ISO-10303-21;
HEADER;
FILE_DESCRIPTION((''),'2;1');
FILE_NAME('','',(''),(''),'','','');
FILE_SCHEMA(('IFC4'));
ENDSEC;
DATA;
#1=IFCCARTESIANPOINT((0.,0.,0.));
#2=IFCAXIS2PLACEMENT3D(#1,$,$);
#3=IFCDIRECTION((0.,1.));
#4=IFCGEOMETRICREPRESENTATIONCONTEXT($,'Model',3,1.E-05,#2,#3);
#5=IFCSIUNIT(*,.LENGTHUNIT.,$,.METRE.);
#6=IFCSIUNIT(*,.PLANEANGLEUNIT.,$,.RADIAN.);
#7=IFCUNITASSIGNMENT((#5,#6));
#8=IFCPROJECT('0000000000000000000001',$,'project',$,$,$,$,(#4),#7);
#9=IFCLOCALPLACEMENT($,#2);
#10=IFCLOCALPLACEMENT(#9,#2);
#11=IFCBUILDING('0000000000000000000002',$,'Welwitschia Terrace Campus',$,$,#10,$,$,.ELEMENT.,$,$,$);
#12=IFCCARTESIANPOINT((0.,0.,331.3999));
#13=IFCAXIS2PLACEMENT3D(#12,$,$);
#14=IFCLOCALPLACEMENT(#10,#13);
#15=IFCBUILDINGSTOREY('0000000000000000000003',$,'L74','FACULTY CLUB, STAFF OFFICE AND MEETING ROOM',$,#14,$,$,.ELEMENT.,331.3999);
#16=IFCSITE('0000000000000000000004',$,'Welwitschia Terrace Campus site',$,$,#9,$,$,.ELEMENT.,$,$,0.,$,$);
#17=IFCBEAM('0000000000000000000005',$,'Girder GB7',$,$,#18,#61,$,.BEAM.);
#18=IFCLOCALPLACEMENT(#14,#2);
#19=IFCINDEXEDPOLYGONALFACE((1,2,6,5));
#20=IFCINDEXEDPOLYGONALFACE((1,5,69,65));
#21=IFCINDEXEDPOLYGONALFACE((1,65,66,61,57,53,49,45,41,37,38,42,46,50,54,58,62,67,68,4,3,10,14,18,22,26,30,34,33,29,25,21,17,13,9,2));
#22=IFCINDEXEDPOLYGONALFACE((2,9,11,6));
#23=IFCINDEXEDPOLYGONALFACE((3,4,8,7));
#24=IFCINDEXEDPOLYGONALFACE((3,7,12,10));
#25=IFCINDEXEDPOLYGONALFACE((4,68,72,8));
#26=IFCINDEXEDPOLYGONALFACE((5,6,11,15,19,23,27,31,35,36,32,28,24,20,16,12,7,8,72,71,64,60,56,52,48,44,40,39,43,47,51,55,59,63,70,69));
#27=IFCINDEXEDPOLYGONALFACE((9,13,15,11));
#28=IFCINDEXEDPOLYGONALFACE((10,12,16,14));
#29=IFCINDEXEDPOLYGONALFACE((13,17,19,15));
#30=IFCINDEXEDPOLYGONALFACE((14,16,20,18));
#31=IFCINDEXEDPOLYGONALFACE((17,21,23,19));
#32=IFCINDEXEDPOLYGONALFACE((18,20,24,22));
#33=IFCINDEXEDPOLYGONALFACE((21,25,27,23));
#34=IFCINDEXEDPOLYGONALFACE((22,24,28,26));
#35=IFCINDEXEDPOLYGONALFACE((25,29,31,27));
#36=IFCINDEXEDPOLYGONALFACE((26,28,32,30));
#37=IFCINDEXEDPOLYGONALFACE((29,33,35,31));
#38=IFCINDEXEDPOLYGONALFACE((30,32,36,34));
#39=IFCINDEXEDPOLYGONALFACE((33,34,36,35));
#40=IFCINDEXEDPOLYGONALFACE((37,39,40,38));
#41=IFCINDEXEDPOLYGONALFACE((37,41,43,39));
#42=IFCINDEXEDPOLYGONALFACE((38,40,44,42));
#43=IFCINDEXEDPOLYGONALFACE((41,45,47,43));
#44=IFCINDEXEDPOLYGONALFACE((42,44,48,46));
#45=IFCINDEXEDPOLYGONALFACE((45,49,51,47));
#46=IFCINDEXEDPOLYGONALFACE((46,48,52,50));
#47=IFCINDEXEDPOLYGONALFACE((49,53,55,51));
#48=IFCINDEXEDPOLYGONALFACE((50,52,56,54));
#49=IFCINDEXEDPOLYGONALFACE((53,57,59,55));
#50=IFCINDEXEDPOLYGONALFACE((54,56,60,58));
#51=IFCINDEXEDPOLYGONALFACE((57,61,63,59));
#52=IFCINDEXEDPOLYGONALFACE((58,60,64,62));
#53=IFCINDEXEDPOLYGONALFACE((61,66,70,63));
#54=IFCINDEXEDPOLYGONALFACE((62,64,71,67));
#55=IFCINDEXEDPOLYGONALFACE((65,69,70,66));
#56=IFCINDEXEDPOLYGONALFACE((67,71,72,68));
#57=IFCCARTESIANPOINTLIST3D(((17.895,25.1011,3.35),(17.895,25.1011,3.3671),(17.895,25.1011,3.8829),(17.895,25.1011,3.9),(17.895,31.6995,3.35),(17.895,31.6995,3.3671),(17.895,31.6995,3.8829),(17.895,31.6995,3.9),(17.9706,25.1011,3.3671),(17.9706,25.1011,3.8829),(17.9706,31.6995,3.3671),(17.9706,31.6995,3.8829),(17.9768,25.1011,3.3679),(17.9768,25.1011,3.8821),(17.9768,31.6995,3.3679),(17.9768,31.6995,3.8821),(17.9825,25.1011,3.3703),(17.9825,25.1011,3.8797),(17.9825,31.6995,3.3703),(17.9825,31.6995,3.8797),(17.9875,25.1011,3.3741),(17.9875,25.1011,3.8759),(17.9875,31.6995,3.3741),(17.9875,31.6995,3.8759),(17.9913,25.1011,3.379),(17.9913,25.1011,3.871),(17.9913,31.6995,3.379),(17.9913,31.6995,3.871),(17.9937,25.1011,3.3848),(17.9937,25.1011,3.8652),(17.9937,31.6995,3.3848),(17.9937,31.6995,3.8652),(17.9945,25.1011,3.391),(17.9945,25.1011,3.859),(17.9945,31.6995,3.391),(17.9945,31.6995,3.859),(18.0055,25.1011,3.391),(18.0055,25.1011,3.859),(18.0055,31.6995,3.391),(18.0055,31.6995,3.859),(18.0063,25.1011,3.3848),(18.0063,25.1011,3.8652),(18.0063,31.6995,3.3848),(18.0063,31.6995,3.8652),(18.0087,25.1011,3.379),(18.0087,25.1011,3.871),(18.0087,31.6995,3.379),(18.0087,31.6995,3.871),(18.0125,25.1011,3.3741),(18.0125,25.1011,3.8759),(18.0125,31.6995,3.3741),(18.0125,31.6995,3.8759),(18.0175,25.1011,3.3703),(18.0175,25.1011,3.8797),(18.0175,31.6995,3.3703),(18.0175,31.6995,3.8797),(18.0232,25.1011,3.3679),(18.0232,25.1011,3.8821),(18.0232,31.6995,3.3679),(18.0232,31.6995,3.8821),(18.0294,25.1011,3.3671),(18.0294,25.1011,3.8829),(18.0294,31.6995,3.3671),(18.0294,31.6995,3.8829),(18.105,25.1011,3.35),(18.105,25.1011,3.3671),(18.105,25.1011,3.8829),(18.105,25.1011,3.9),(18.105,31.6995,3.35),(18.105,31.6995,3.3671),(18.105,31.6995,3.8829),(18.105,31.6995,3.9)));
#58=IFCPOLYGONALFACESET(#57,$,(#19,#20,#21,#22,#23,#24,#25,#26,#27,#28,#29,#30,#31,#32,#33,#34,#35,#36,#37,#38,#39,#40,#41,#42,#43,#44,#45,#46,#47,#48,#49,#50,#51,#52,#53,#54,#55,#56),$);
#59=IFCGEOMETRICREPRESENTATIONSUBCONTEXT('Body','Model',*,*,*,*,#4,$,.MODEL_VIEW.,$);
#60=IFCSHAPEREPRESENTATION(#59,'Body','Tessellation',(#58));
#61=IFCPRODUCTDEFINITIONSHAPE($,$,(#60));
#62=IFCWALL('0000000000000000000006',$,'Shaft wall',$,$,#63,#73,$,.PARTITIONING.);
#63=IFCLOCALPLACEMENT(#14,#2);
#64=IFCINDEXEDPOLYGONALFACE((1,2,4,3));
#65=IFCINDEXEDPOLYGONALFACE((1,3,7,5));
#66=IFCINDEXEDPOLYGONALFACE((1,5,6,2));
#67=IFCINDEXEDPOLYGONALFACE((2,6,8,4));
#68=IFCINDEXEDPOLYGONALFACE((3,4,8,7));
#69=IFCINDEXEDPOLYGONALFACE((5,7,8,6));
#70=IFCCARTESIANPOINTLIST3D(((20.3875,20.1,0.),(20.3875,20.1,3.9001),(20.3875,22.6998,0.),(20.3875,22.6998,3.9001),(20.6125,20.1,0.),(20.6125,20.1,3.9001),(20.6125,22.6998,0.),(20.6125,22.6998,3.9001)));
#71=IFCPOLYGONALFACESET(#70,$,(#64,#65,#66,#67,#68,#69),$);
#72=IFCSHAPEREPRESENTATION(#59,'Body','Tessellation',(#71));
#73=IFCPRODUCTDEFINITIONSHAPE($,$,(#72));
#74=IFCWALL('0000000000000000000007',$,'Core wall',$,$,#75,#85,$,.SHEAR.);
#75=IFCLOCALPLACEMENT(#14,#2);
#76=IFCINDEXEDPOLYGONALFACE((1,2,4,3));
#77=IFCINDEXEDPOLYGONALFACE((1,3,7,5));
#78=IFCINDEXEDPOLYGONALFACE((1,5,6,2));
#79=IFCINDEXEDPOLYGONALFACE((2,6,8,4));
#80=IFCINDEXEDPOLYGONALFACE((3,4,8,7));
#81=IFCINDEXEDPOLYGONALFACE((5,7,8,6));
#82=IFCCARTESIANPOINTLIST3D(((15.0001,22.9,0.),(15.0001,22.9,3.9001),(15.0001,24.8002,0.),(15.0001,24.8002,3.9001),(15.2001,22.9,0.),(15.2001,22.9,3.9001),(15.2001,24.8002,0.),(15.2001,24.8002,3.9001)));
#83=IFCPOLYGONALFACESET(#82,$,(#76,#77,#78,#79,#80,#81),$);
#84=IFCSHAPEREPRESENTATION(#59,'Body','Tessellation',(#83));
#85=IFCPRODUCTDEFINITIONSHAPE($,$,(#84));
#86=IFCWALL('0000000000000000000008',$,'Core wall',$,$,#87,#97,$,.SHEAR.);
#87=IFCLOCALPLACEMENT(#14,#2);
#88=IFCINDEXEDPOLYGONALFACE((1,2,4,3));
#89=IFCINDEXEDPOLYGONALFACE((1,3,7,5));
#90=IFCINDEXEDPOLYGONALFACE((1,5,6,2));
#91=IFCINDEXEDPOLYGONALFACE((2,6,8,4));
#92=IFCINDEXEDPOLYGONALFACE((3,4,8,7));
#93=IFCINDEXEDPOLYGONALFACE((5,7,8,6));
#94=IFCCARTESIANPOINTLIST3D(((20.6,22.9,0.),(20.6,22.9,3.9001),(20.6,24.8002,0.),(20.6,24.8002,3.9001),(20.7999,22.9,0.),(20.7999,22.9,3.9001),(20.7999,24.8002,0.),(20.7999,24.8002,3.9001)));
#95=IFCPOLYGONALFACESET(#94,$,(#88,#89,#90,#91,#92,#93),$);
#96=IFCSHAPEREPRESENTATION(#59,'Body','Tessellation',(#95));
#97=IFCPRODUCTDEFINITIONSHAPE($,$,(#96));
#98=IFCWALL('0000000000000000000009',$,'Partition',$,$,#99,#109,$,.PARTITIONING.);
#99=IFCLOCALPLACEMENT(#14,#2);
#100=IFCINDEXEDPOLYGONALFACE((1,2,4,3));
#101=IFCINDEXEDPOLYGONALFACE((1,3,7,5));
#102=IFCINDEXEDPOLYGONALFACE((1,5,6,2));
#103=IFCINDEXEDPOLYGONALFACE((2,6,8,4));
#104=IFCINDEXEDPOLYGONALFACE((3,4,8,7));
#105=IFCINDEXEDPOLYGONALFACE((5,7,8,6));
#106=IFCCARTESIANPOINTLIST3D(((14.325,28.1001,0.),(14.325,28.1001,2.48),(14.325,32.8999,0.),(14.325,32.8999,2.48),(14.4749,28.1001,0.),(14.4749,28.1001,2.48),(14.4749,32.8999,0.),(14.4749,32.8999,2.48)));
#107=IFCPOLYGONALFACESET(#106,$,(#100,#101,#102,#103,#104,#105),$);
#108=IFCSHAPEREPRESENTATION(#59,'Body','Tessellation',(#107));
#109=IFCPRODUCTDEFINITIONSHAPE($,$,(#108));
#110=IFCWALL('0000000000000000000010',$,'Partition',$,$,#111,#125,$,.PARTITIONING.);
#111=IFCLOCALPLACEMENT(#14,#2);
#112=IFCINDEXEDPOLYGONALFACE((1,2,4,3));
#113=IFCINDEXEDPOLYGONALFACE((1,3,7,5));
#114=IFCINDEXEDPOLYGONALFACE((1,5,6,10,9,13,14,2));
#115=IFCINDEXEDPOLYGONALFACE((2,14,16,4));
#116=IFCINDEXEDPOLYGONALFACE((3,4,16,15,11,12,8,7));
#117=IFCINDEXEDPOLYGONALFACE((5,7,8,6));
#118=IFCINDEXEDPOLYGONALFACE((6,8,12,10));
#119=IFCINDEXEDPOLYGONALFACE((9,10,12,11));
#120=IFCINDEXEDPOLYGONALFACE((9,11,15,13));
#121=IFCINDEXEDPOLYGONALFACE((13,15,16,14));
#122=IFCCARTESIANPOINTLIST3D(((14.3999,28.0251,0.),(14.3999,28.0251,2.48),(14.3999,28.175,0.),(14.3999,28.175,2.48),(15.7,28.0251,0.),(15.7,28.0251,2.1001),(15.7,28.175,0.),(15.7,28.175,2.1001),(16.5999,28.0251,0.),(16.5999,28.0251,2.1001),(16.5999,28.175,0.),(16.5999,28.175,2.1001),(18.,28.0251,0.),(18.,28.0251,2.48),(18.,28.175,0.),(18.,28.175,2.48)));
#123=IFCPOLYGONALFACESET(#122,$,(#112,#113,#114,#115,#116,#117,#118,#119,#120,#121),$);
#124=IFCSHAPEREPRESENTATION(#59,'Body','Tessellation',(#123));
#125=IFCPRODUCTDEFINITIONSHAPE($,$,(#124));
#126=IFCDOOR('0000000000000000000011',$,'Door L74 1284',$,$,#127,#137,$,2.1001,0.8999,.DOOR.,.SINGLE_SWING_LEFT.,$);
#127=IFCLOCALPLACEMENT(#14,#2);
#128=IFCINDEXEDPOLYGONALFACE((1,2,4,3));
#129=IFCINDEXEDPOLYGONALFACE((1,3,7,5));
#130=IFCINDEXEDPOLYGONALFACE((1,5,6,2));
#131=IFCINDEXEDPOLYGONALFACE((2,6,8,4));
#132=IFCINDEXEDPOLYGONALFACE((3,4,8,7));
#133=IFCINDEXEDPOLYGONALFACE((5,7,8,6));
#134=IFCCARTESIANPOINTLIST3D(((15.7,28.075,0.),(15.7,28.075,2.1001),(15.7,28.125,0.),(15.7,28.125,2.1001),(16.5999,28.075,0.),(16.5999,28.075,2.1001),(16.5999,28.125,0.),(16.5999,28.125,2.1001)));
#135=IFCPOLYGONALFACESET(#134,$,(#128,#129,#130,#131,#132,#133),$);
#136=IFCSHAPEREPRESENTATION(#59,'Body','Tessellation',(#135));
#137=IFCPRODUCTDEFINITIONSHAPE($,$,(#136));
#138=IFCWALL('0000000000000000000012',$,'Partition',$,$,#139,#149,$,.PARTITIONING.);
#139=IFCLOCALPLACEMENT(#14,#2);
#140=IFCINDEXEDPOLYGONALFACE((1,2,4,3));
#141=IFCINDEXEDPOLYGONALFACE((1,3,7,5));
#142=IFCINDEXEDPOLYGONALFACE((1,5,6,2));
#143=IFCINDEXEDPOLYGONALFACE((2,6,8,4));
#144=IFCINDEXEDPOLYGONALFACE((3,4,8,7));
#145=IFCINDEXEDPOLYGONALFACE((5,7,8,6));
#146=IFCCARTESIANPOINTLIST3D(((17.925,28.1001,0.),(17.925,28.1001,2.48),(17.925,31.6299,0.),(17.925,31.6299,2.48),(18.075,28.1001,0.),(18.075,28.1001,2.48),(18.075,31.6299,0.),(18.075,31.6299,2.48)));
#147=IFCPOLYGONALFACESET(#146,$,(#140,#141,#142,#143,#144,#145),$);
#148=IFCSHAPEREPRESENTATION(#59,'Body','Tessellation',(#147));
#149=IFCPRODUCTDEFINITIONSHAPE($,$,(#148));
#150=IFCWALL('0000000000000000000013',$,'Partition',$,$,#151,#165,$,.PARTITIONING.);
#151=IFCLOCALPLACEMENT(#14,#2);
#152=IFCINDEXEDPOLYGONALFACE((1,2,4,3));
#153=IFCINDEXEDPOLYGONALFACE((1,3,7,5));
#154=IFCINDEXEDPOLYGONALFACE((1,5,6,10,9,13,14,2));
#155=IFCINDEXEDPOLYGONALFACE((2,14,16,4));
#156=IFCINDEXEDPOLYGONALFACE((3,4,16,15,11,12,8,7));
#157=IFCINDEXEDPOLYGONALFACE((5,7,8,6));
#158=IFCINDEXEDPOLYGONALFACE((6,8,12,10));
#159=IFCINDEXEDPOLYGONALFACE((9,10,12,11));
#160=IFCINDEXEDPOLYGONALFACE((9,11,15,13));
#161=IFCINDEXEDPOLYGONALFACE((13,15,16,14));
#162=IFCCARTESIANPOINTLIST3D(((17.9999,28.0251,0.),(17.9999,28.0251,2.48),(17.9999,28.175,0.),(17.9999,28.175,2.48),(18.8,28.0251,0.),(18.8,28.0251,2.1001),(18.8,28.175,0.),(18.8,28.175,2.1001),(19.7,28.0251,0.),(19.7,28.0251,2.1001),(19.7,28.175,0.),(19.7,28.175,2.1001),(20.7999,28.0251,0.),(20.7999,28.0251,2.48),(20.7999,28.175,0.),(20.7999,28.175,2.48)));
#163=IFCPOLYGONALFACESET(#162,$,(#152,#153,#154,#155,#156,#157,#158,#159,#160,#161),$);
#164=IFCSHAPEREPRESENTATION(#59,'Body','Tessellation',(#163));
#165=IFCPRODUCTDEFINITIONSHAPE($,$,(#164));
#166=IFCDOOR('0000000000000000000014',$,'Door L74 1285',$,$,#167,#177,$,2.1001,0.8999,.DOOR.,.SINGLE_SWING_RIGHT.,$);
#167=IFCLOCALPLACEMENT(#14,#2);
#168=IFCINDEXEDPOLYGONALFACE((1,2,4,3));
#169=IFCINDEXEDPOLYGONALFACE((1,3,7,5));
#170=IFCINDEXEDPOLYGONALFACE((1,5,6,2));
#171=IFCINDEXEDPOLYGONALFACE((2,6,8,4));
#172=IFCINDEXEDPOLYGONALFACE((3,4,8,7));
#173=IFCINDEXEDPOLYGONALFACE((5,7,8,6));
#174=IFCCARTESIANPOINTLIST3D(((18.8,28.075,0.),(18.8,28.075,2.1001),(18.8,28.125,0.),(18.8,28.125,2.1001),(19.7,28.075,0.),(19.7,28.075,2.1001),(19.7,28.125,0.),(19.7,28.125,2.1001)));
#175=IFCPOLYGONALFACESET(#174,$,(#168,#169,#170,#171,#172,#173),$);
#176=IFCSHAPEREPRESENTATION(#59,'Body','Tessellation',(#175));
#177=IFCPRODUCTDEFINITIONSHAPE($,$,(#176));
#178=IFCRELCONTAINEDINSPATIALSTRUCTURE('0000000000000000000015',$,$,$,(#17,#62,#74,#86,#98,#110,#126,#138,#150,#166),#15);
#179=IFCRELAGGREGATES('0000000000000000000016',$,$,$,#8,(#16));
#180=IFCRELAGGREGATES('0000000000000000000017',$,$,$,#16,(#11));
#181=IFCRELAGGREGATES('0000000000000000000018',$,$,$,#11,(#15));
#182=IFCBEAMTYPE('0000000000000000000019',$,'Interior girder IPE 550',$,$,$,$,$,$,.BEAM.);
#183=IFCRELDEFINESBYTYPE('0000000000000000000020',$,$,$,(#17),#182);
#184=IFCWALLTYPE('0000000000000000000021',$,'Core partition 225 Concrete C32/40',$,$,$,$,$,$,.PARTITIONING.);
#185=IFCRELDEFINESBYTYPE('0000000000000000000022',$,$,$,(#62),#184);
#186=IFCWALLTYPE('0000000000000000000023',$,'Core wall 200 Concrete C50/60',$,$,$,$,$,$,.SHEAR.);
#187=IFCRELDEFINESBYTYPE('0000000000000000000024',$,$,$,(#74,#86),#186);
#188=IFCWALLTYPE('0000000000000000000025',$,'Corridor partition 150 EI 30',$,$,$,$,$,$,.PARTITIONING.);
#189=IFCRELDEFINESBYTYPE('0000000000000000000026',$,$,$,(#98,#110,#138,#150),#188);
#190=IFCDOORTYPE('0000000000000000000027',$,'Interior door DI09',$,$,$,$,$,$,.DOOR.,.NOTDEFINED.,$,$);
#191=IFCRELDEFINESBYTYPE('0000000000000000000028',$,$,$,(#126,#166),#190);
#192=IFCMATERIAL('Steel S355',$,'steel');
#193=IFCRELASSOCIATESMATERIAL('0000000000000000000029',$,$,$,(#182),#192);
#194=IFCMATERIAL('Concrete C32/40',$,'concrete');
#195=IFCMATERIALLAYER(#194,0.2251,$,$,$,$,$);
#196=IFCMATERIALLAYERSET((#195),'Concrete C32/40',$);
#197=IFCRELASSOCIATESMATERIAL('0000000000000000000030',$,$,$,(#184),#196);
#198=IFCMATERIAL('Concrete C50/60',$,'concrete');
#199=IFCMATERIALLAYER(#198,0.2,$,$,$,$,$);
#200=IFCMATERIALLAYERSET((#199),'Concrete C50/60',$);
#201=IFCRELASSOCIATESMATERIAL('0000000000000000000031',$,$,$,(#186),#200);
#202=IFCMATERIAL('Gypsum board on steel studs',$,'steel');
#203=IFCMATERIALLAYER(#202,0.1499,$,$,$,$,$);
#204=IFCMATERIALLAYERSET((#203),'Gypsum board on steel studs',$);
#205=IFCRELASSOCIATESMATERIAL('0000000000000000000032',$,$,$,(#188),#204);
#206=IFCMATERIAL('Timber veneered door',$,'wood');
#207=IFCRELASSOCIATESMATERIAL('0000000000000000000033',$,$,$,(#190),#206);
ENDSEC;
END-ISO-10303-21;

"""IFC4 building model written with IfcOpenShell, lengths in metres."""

from ifc_helpers import new_model, si_unit, direction, frame, frame_2d, origin, origin_2d, place, context, subcontext, project, spatial, rectangle, i_section, extrude, material, layer, layer_set, material_profile, profile_set, type_object, element, fill, save


model = new_model("IFC4")

# Units and contexts
model_context = context("Model", 3, precision=1e-05, world=origin(), true_north=direction((0.0, 1.0)))
body_context = subcontext(model_context, "Body", "Model", "MODEL_VIEW")
ifc_project = project(units=[si_unit("LENGTHUNIT", "METRE"), si_unit("PLANEANGLEUNIT", "RADIAN")], contexts=[model_context])

# Site, building, storey
site_placement = place(None, origin())
site = spatial("IfcSite", under=ifc_project, at=site_placement, Name="Welwitschia Terrace Campus site", CompositionType="ELEMENT", RefElevation=0.0)
building_placement = place(site_placement, origin())
building = spatial("IfcBuilding", under=site, at=building_placement, Name="Welwitschia Terrace Campus", CompositionType="ELEMENT")
storey_placement = place(building_placement, frame((0.0, 0.0, 331.3999)))
storey = spatial("IfcBuildingStorey", under=building, at=storey_placement, Name="L74", Description="FACULTY CLUB, STAFF OFFICE AND MEETING ROOM", CompositionType="ELEMENT", Elevation=331.3999)

# Beam
ifc_material_1 = material(Name="Steel S355", Category="steel")
ifc_material_profile = material_profile(ifc_material_1, i_section(OverallWidth=0.21, OverallDepth=0.55, WebThickness=0.011, FlangeThickness=0.0171, FilletRadius=0.0239, at=origin_2d()))
ifc_profile_set = profile_set([ifc_material_profile], Name="Steel S355")
beam_type = type_object("IfcBeamType", Name="Interior girder IPE 550", PredefinedType="BEAM", material=ifc_profile_set)
beam_placement = place(storey_placement, frame((18.0, 25.1011, 3.625), z_axis=(0.0, 1.0, 0.0), x_axis=(-1.0, 0.0, 0.0)))
element("IfcBeam", 1, at=beam_placement, inside=storey, type_object=beam_type, Name="Girder GB7", PredefinedType="BEAM", context=body_context, shape_type="SweptSolid", body=[
    extrude(i_section(OverallWidth=0.21, OverallDepth=0.55, WebThickness=0.011, FlangeThickness=0.0171, FilletRadius=0.0239, at=origin_2d()), origin(), (0.0, 0.0, 1.0), 6.5984),
])

# Walls
ifc_material_2 = material(Name="Concrete C32/40", Category="concrete")
ifc_layer_1 = layer(ifc_material_2, 0.2251)
ifc_layer_set_1 = layer_set([ifc_layer_1], Name="Concrete C32/40")
wall_type_1 = type_object("IfcWallType", Name="Core partition 225 Concrete C32/40", PredefinedType="PARTITIONING", material=ifc_layer_set_1)
wall_1_placement = place(storey_placement, frame((20.5, 20.1001, 0.0), z_axis=(0.0, 0.0, 1.0), x_axis=(0.0, 1.0, 0.0)))
element("IfcWall", 2, at=wall_1_placement, inside=storey, type_object=wall_type_1, Name="Shaft wall", PredefinedType="PARTITIONING", context=body_context, shape_type="SweptSolid", body=[
    extrude(rectangle(XDim=2.5999, YDim=0.2251, at=frame_2d((1.2998, 0.0))), origin(), (0.0, 0.0, 1.0), 3.9001),
])
ifc_material_3 = material(Name="Concrete C50/60", Category="concrete")
ifc_layer_2 = layer(ifc_material_3, 0.2)
ifc_layer_set_2 = layer_set([ifc_layer_2], Name="Concrete C50/60")
wall_type_2 = type_object("IfcWallType", Name="Core wall 200 Concrete C50/60", PredefinedType="SHEAR", material=ifc_layer_set_2)
for number, where, z_axis, x_axis, name in (
    (3, (15.1001, 22.8999, 0.0), (0.0, 0.0, 1.0), (0.0, 1.0, 0.0), "Core wall"),
    (4, (20.7, 22.8999, 0.0), (0.0, 0.0, 1.0), (0.0, 1.0, 0.0), "Core wall"),
):
    element("IfcWall", number, at=place(storey_placement, frame(where, z_axis=z_axis, x_axis=x_axis)), inside=storey, type_object=wall_type_2, Name=name, PredefinedType="SHEAR", context=body_context, shape_type="SweptSolid", body=[
        extrude(rectangle(XDim=1.9001, YDim=0.2, at=frame_2d((0.9502, 0.0))), origin(), (0.0, 0.0, 1.0), 3.9001),
    ])
ifc_material_4 = material(Name="Gypsum board on steel studs", Category="steel")
ifc_layer_3 = layer(ifc_material_4, 0.1499)
ifc_layer_set_3 = layer_set([ifc_layer_3], Name="Gypsum board on steel studs")
wall_type_3 = type_object("IfcWallType", Name="Corridor partition 150 EI 30", PredefinedType="PARTITIONING", material=ifc_layer_set_3)
wall_2_placement = place(storey_placement, frame((14.3999, 28.1001, 0.0), z_axis=(0.0, 0.0, 1.0), x_axis=(0.0, 1.0, 0.0)))
element("IfcWall", 5, at=wall_2_placement, inside=storey, type_object=wall_type_3, Name="Partition", PredefinedType="PARTITIONING", context=body_context, shape_type="SweptSolid", body=[
    extrude(rectangle(XDim=4.7998, YDim=0.1499, at=frame_2d((2.3999, 0.0))), origin(), (0.0, 0.0, 1.0), 2.48),
])

# Wall, opening, door
wall_3_placement = place(storey_placement, frame((14.3999, 28.1001, 0.0), z_axis=(0.0, 0.0, 1.0), x_axis=(1.0, 0.0, 0.0)))
wall_3 = element("IfcWall", 6, at=wall_3_placement, inside=storey, type_object=wall_type_3, Name="Partition", PredefinedType="PARTITIONING", context=body_context, shape_type="SweptSolid", body=[
    extrude(rectangle(XDim=3.6001, YDim=0.1499, at=frame_2d((1.8, 0.0))), origin(), (0.0, 0.0, 1.0), 2.48),
])
opening_1_placement = place(wall_3_placement, frame((1.3, 0.0, 0.0)))
opening_1 = element("IfcOpeningElement", 7, at=opening_1_placement, cuts=wall_3, PredefinedType="OPENING", context=body_context, shape_type="SweptSolid", body=[
    extrude(rectangle(XDim=0.8999, YDim=2.1001, at=frame_2d((0.45, 1.05))), frame((0.0, 0.085, 0.0), z_axis=(0.0, -1.0, 0.0), x_axis=(1.0, 0.0, 0.0)), (0.0, 0.0, 1.0), 0.1699),
])
ifc_material_5 = material(Name="Timber veneered door", Category="wood")
door_type = type_object("IfcDoorType", Name="Interior door DI09", OperationType="NOTDEFINED", PredefinedType="DOOR", material=ifc_material_5)
door_1_placement = place(opening_1_placement, origin())
door_1 = element("IfcDoor", 8, at=door_1_placement, inside=storey, type_object=door_type, Name="Door L74 1284", OperationType="SINGLE_SWING_LEFT", OverallHeight=2.1001, OverallWidth=0.8999, PredefinedType="DOOR", context=body_context, shape_type="SweptSolid", body=[
    extrude(rectangle(XDim=0.8999, YDim=2.1001, at=frame_2d((0.45, 1.05))), frame((0.0, 0.0249, 0.0), z_axis=(0.0, -1.0, 0.0), x_axis=(1.0, 0.0, 0.0)), (0.0, 0.0, 1.0), 0.05),
])
fill(opening_1, door_1)

# Wall
wall_4_placement = place(storey_placement, frame((18.0, 28.1001, 0.0), z_axis=(0.0, 0.0, 1.0), x_axis=(0.0, 1.0, 0.0)))
element("IfcWall", 9, at=wall_4_placement, inside=storey, type_object=wall_type_3, Name="Partition", PredefinedType="PARTITIONING", context=body_context, shape_type="SweptSolid", body=[
    extrude(rectangle(XDim=3.5298, YDim=0.1499, at=frame_2d((1.7649, 0.0))), origin(), (0.0, 0.0, 1.0), 2.48),
])

# Wall, opening, door
wall_5_placement = place(storey_placement, frame((18.0, 28.1001, 0.0), z_axis=(0.0, 0.0, 1.0), x_axis=(1.0, 0.0, 0.0)))
wall_5 = element("IfcWall", 10, at=wall_5_placement, inside=storey, type_object=wall_type_3, Name="Partition", PredefinedType="PARTITIONING", context=body_context, shape_type="SweptSolid", body=[
    extrude(rectangle(XDim=2.8, YDim=0.1499, at=frame_2d((1.3999, 0.0))), origin(), (0.0, 0.0, 1.0), 2.48),
])
opening_2_placement = place(wall_5_placement, frame((0.8, 0.0, 0.0)))
opening_2 = element("IfcOpeningElement", 11, at=opening_2_placement, cuts=wall_5, PredefinedType="OPENING", context=body_context, shape_type="SweptSolid", body=[
    extrude(rectangle(XDim=0.8999, YDim=2.1001, at=frame_2d((0.45, 1.05))), frame((0.0, 0.085, 0.0), z_axis=(0.0, -1.0, 0.0), x_axis=(1.0, 0.0, 0.0)), (0.0, 0.0, 1.0), 0.1699),
])
door_2_placement = place(opening_2_placement, origin())
door_2 = element("IfcDoor", 12, at=door_2_placement, inside=storey, type_object=door_type, Name="Door L74 1285", OperationType="SINGLE_SWING_RIGHT", OverallHeight=2.1001, OverallWidth=0.8999, PredefinedType="DOOR", context=body_context, shape_type="SweptSolid", body=[
    extrude(rectangle(XDim=0.8999, YDim=2.1001, at=frame_2d((0.45, 1.05))), frame((0.0, 0.0249, 0.0), z_axis=(0.0, -1.0, 0.0), x_axis=(1.0, 0.0, 0.0)), (0.0, 0.0, 1.0), 0.05),
])
fill(opening_2, door_2)

save(model, "model.ifc")
